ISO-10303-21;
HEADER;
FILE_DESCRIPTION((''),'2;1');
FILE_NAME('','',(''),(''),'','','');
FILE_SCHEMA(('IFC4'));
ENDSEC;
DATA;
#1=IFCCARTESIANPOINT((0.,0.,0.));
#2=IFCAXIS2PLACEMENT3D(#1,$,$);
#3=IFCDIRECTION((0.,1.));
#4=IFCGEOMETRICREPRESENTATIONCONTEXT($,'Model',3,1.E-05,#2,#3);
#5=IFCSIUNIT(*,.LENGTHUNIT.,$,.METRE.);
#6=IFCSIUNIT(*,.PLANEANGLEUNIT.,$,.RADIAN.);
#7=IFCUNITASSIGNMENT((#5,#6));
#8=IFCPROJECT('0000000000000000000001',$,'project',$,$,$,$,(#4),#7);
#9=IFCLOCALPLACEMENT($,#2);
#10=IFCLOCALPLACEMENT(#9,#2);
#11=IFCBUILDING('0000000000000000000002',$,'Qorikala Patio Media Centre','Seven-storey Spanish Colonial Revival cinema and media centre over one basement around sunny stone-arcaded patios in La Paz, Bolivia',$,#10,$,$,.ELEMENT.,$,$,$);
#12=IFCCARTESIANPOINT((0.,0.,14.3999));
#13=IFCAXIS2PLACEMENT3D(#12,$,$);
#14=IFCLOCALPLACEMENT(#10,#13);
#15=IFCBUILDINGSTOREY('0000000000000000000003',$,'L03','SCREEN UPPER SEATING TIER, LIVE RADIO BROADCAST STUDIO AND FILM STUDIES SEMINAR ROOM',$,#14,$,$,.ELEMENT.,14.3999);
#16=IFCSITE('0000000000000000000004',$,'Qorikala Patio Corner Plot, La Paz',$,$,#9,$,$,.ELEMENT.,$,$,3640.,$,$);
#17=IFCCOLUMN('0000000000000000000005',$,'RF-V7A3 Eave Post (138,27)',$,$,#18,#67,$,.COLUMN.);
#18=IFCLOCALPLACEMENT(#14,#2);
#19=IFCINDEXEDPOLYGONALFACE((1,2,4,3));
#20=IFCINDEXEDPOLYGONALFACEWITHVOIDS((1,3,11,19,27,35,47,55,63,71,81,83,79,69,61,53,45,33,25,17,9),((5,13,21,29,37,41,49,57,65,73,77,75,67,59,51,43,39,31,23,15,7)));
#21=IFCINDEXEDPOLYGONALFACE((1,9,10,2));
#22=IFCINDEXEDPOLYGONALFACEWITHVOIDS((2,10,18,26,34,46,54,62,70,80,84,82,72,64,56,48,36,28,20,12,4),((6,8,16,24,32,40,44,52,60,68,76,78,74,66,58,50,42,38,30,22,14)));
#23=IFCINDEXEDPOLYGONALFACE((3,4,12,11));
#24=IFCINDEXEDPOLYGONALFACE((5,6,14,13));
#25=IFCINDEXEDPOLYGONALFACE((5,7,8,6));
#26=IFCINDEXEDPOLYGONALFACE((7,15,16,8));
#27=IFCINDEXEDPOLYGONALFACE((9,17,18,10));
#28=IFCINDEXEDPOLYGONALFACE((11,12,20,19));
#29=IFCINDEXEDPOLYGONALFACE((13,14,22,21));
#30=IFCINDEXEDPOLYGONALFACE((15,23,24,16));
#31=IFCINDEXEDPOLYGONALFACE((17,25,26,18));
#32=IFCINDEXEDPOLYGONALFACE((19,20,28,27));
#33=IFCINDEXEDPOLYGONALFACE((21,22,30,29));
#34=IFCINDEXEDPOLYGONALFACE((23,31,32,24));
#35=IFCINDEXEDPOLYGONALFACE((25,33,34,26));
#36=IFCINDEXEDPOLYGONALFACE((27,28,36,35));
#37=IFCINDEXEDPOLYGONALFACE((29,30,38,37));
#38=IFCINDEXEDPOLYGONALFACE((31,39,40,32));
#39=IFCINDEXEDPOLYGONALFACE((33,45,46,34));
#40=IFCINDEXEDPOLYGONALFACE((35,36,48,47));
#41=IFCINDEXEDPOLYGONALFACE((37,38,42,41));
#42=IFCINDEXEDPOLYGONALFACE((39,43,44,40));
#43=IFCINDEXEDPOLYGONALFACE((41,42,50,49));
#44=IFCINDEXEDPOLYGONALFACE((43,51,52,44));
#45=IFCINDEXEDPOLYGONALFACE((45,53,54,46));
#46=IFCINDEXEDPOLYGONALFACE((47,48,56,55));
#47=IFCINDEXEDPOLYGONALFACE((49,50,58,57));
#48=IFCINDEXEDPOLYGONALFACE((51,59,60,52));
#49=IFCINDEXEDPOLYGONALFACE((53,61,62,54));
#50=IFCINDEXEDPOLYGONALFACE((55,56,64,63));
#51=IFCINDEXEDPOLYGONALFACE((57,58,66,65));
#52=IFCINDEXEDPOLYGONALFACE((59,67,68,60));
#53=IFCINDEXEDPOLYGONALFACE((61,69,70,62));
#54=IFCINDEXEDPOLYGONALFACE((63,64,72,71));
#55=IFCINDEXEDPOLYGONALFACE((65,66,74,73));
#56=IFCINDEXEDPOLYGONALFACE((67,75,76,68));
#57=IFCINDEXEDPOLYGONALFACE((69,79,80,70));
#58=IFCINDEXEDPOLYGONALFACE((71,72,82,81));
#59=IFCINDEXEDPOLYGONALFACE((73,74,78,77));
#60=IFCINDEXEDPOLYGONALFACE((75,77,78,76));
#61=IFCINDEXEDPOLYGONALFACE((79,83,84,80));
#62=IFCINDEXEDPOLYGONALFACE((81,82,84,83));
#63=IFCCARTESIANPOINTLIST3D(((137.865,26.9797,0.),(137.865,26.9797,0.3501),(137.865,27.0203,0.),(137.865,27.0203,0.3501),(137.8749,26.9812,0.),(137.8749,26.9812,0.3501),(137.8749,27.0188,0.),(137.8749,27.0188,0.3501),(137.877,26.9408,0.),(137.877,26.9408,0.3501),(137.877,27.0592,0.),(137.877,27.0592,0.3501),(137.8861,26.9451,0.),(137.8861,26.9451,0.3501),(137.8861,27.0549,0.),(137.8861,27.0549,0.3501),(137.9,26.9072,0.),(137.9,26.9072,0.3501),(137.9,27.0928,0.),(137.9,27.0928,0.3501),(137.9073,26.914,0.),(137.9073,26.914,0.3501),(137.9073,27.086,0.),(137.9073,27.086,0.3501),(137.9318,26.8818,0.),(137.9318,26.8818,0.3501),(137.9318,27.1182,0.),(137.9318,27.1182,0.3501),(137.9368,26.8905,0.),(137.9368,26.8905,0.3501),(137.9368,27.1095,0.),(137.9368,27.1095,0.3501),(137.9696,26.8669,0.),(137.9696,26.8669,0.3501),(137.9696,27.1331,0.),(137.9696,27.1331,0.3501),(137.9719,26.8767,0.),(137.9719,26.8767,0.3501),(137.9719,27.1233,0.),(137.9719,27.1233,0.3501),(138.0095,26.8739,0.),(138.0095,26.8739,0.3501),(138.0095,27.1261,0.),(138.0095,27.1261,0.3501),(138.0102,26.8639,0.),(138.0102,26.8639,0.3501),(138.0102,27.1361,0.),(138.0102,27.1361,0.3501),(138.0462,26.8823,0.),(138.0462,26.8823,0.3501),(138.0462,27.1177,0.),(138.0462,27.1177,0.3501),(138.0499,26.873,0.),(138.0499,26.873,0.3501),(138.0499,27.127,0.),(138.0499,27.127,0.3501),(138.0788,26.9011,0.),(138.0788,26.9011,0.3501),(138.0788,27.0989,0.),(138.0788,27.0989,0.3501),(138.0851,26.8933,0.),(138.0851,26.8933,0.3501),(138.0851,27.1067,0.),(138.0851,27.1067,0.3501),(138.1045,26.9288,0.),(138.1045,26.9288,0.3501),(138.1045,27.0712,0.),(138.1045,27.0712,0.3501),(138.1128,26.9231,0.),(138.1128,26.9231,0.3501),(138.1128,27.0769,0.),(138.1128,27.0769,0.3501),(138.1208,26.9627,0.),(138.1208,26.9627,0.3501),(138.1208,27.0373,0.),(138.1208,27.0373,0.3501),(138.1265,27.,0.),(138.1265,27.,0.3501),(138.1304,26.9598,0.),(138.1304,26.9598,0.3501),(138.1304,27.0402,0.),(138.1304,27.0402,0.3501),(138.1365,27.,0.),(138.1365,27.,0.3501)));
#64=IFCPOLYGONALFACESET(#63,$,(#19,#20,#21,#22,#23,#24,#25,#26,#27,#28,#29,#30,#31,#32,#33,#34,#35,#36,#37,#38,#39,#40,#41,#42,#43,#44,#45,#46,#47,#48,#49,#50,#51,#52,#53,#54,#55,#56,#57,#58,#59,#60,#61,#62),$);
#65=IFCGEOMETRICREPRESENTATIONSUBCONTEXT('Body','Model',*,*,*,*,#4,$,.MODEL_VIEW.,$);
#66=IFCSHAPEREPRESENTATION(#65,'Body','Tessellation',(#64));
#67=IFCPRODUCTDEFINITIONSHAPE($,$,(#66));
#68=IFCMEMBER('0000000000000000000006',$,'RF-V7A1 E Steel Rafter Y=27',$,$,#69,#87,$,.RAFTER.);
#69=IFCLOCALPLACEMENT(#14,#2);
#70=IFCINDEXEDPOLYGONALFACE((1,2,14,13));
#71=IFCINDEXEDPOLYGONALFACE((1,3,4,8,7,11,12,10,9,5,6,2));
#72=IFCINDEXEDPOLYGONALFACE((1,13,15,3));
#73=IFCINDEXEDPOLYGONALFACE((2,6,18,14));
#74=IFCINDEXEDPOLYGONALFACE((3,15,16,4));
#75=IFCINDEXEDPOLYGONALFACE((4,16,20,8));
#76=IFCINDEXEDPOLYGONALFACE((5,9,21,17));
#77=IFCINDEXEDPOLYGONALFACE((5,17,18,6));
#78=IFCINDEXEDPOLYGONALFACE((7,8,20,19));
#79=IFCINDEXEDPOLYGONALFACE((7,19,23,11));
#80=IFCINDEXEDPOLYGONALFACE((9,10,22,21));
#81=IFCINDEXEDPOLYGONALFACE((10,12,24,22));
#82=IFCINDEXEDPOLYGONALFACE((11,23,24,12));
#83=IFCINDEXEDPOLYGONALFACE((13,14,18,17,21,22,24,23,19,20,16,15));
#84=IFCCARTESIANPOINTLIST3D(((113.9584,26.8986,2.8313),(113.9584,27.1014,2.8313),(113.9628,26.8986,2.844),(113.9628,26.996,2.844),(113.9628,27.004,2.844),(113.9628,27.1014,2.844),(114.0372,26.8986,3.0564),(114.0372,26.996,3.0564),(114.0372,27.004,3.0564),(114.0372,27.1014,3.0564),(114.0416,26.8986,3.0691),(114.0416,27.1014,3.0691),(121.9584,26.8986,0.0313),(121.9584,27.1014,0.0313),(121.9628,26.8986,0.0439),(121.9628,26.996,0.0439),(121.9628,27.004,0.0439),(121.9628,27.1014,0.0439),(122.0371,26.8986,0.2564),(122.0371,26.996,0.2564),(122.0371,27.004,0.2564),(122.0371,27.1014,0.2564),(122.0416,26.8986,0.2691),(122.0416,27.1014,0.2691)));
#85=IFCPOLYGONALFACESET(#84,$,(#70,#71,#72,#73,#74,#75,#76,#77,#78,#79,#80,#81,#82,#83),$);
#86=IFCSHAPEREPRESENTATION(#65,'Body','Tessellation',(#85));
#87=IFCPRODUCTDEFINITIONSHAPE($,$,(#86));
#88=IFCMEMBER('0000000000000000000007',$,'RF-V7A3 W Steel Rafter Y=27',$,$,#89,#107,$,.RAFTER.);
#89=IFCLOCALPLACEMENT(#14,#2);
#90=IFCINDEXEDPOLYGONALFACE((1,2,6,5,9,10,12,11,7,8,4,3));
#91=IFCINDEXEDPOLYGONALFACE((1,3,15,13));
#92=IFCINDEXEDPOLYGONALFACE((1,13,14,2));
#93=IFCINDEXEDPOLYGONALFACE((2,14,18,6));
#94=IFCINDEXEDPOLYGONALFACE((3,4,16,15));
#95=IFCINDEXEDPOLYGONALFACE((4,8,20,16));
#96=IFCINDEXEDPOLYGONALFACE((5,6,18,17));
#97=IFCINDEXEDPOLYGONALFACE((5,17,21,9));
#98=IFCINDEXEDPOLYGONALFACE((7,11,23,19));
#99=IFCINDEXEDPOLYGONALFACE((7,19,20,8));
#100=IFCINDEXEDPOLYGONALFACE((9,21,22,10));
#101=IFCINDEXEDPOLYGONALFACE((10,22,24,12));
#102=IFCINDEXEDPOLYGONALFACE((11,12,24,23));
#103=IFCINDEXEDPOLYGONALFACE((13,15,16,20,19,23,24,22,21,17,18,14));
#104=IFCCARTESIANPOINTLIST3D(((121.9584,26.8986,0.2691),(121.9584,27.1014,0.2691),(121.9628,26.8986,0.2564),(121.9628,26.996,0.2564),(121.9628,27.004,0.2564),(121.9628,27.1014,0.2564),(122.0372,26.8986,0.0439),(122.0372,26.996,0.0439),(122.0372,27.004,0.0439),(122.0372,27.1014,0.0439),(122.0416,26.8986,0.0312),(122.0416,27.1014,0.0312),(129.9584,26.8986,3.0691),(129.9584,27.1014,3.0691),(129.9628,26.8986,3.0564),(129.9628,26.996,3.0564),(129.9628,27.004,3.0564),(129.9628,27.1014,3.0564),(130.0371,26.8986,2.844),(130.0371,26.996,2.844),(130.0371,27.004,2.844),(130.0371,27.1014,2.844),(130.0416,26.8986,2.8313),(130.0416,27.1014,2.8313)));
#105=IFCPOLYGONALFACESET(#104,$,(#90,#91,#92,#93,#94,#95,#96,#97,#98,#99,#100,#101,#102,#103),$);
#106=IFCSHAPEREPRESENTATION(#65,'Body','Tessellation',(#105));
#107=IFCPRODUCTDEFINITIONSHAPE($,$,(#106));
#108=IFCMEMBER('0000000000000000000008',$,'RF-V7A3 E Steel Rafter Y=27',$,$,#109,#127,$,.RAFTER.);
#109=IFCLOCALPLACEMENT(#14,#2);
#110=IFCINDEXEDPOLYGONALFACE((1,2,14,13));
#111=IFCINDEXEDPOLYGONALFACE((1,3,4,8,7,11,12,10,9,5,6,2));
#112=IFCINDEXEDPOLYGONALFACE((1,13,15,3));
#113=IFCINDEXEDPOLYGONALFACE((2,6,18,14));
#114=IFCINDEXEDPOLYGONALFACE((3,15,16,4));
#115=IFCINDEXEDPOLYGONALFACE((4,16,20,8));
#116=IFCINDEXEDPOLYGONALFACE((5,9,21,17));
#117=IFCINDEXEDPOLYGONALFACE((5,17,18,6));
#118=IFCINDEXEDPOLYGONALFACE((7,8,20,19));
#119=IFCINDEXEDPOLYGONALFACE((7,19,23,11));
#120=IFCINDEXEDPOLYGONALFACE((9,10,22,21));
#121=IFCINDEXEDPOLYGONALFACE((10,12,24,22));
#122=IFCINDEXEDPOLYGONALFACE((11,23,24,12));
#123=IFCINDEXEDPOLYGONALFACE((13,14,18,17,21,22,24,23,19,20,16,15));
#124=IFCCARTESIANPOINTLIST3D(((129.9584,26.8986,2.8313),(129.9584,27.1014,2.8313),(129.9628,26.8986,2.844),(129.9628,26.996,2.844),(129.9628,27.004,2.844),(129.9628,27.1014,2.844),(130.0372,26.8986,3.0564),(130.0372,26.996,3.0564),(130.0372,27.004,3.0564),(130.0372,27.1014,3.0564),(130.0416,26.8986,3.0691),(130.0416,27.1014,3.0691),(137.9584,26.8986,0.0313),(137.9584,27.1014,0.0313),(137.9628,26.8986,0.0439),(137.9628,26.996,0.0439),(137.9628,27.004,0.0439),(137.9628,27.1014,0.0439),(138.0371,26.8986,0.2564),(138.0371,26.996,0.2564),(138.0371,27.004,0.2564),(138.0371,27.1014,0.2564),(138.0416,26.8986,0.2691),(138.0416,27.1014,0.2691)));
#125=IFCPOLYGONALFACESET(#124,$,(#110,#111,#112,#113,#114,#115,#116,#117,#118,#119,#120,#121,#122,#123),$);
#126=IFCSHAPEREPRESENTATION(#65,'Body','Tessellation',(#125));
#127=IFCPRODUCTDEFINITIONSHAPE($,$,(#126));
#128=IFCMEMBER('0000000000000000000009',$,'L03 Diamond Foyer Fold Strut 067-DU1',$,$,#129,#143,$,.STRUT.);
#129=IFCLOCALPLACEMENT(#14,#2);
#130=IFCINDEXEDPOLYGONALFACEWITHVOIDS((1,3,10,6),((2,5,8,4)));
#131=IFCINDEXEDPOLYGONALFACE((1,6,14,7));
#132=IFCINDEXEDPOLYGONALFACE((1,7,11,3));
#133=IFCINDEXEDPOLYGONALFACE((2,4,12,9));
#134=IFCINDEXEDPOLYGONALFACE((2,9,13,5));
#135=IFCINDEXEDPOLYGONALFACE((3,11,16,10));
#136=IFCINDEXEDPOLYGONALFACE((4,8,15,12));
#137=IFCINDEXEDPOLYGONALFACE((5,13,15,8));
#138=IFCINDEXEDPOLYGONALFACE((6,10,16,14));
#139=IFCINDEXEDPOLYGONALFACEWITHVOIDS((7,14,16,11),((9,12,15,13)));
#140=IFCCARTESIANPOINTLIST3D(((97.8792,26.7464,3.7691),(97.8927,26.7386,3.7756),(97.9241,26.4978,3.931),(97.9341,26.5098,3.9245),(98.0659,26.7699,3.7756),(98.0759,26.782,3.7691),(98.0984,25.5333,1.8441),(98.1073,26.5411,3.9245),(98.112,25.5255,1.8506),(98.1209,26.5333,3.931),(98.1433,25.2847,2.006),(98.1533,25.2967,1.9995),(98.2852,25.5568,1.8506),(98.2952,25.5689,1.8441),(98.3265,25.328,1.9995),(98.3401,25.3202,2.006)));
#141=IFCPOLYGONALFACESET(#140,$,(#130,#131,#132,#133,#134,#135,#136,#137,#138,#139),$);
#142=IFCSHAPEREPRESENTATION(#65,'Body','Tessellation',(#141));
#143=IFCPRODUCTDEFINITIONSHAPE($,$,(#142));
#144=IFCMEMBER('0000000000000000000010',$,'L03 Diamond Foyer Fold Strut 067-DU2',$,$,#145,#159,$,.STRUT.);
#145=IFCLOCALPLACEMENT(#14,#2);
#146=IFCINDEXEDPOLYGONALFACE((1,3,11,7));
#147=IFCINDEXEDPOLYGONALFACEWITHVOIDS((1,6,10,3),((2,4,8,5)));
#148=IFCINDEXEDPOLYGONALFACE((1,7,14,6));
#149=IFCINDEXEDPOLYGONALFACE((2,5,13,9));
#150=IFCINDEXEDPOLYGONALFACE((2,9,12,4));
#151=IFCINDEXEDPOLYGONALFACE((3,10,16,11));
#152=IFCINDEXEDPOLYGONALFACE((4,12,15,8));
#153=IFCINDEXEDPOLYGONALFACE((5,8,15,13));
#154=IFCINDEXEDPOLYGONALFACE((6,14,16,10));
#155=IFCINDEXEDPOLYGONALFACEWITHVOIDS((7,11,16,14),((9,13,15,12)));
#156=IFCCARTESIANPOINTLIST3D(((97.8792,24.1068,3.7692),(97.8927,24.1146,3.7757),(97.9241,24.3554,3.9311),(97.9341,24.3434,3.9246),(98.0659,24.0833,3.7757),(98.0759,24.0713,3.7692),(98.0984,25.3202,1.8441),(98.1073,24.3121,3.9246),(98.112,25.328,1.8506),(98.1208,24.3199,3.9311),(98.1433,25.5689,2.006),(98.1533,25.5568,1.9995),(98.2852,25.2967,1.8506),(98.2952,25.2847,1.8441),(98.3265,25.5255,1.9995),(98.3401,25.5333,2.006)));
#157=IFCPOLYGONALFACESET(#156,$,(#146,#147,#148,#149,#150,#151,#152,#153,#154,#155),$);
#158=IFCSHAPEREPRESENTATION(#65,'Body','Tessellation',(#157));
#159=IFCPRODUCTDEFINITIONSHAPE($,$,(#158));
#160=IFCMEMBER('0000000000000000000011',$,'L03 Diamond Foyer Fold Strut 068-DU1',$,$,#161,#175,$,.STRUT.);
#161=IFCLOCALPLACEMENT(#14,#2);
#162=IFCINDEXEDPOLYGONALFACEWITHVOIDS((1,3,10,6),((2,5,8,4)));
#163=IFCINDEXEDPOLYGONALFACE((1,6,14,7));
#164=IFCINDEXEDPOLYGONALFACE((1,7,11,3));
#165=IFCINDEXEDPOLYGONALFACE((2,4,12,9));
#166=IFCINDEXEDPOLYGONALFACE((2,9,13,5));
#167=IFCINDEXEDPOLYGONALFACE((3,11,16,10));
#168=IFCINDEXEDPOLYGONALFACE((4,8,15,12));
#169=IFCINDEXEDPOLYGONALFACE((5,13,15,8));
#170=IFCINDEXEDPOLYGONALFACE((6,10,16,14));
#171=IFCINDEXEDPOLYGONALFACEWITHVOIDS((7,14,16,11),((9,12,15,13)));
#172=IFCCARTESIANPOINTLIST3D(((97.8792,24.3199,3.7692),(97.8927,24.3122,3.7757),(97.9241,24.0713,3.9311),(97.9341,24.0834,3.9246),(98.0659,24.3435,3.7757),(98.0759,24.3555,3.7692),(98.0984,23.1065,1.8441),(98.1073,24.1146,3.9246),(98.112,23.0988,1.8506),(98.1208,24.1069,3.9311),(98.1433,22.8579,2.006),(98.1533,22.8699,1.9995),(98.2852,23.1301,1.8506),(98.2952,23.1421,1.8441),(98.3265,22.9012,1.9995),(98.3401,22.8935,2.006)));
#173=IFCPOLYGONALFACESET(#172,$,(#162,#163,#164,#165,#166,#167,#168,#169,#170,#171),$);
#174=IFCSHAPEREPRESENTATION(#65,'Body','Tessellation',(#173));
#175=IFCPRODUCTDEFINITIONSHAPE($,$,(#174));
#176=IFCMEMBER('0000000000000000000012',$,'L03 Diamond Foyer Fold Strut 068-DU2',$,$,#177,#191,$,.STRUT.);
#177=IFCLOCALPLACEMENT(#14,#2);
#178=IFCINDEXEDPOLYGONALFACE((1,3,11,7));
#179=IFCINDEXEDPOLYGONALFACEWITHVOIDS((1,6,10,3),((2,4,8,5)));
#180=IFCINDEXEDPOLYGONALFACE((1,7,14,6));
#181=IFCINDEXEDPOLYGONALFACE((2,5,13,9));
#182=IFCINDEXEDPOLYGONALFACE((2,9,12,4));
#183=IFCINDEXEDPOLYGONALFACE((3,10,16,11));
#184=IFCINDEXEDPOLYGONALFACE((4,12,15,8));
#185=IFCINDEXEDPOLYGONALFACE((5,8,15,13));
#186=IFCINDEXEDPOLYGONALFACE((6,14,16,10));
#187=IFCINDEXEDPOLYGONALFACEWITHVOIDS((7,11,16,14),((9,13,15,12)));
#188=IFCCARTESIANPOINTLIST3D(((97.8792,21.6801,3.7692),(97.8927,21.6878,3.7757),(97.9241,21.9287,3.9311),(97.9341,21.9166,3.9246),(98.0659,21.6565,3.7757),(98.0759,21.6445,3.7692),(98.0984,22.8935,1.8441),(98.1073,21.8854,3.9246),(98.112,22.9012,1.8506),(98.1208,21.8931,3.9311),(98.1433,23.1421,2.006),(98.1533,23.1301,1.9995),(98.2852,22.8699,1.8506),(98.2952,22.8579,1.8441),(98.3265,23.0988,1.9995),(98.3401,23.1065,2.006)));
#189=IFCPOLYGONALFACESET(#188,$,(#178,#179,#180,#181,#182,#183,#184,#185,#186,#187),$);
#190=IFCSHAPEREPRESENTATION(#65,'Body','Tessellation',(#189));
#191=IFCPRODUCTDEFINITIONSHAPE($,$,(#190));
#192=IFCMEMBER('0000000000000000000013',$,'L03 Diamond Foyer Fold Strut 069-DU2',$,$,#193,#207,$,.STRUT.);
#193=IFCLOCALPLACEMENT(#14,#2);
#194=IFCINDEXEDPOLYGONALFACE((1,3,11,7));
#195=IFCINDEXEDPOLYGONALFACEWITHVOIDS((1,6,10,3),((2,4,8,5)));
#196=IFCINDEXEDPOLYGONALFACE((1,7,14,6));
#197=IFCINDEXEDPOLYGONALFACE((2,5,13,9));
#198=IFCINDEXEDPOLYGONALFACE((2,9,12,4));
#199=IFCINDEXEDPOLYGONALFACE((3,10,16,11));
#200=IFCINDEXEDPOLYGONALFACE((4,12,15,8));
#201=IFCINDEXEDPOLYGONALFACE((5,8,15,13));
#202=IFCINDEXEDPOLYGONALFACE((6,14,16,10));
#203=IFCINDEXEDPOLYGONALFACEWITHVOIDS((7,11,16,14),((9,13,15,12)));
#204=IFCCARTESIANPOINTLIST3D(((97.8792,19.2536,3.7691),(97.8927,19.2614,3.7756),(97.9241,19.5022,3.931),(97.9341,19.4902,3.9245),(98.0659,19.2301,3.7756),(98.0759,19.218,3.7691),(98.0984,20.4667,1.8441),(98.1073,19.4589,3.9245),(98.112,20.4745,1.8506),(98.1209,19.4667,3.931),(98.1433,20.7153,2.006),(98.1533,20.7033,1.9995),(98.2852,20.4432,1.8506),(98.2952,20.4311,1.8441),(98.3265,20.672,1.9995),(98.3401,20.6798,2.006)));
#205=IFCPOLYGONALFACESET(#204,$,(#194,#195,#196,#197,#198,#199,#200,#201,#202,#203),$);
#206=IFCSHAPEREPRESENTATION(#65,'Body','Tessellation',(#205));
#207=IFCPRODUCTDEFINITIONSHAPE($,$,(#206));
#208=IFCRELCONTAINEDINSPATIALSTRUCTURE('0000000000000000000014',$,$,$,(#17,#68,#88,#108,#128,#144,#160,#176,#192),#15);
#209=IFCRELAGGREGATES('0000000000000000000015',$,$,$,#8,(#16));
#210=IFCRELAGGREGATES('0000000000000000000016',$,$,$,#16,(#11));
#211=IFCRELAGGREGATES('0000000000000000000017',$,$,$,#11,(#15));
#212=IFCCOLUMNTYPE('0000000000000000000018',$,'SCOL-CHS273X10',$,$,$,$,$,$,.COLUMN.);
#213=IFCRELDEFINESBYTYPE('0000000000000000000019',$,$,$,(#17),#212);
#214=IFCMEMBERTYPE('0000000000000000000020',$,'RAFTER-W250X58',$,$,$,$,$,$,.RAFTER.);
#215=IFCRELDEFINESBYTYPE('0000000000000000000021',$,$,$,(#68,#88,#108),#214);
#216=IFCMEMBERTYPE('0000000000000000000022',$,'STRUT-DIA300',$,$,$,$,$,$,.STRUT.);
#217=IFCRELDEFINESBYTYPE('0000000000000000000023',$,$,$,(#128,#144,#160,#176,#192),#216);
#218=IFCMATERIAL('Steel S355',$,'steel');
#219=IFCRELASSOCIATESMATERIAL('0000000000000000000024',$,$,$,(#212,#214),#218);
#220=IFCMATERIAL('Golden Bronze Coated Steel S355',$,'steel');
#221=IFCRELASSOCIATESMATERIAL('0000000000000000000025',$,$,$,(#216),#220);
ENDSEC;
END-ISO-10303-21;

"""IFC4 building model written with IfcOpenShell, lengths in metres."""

from ifc_helpers import new_model, si_unit, direction, frame, origin, origin_2d, place, context, subcontext, project, spatial, hollow_rectangle, hollow_circle, i_section, extrude, material, material_profile, profile_set, type_object, element, save


model = new_model("IFC4")

# Units and contexts
model_context = context("Model", 3, precision=1e-05, world=origin(), true_north=direction((0.0, 1.0)))
body_context = subcontext(model_context, "Body", "Model", "MODEL_VIEW")
ifc_project = project(units=[si_unit("LENGTHUNIT", "METRE"), si_unit("PLANEANGLEUNIT", "RADIAN")], contexts=[model_context])

# Site, building, storey
site_placement = place(None, origin())
site = spatial("IfcSite", under=ifc_project, at=site_placement, Name="Qorikala Patio Corner Plot, La Paz", CompositionType="ELEMENT", RefElevation=3640.0)
building_placement = place(site_placement, origin())
building = spatial("IfcBuilding", under=site, at=building_placement, Name="Qorikala Patio Media Centre", Description="Seven-storey Spanish Colonial Revival cinema and media centre over one basement around sunny stone-arcaded patios in La Paz, Bolivia", CompositionType="ELEMENT")
storey_placement = place(building_placement, frame((0.0, 0.0, 14.3999)))
storey = spatial("IfcBuildingStorey", under=building, at=storey_placement, Name="L03", Description="SCREEN UPPER SEATING TIER, LIVE RADIO BROADCAST STUDIO AND FILM STUDIES SEMINAR ROOM", CompositionType="ELEMENT", Elevation=14.3999)

# Column
ifc_material_1 = material(Name="Steel S355", Category="steel")
ifc_material_profile_1 = material_profile(ifc_material_1, hollow_circle(Radius=0.1365, WallThickness=0.01, at=origin_2d()), Name="CHS273X10")
ifc_profile_set_1 = profile_set([ifc_material_profile_1], Name="Steel S355")
column_type = type_object("IfcColumnType", Name="SCOL-CHS273X10", PredefinedType="COLUMN", material=ifc_profile_set_1)
column_1_placement = place(storey_placement, frame((138.0, 27.0, 0.0), z_axis=(0.0, 0.0, 1.0), x_axis=(1.0, 0.0, 0.0)))
element("IfcColumn", 1, at=column_1_placement, inside=storey, type_object=column_type, Name="RF-V7A3 Eave Post (138,27)", PredefinedType="COLUMN", context=body_context, shape_type="SweptSolid", body=[
    extrude(hollow_circle(Radius=0.1365, WallThickness=0.01, at=origin_2d()), origin(), (0.0, 0.0, 1.0), 0.3501),
])

# Members
ifc_material_profile_2 = material_profile(ifc_material_1, i_section(OverallWidth=0.2029, OverallDepth=0.252, WebThickness=0.0081, FlangeThickness=0.0134, at=origin_2d()), Name="W250X58")
ifc_profile_set_2 = profile_set([ifc_material_profile_2], Name="Steel S355")
member_type_1 = type_object("IfcMemberType", Name="RAFTER-W250X58", PredefinedType="RAFTER", material=ifc_profile_set_2)
for number, where, z_axis, x_axis, name in (
    (2, (114.0, 27.0, 2.9502), (0.943857, 0.0, -0.330356), (0.0, 1.0, 0.0), "RF-V7A1 E Steel Rafter Y=27"),
    (3, (122.0, 27.0, 0.1501), (0.943857, 0.0, 0.330356), (0.0, 1.0, 0.0), "RF-V7A3 W Steel Rafter Y=27"),
    (4, (130.0, 27.0, 2.9502), (0.943857, 0.0, -0.330356), (0.0, 1.0, 0.0), "RF-V7A3 E Steel Rafter Y=27"),
):
    element("IfcMember", number, at=place(storey_placement, frame(where, z_axis=z_axis, x_axis=x_axis)), inside=storey, type_object=member_type_1, Name=name, PredefinedType="RAFTER", context=body_context, shape_type="SweptSolid", body=[
        extrude(i_section(OverallWidth=0.2029, OverallDepth=0.252, WebThickness=0.0081, FlangeThickness=0.0134, at=origin_2d()), origin(), (0.0, 0.0, 1.0), 8.4758),
    ])
ifc_material_2 = material(Name="Golden Bronze Coated Steel S355", Category="steel")
ifc_material_profile_3 = material_profile(ifc_material_2, hollow_rectangle(XDim=0.2, YDim=0.3, WallThickness=0.012, at=origin_2d()), Name="HSS300X200X12")
ifc_profile_set_3 = profile_set([ifc_material_profile_3], Name="Golden Bronze Coated Steel S355")
member_type_2 = type_object("IfcMemberType", Name="STRUT-DIA300", PredefinedType="STRUT", material=ifc_profile_set_3)
member_1_placement = place(storey_placement, frame((98.2192, 25.4268, 1.925), z_axis=(-0.095907, 0.530691, 0.842121), x_axis=(-0.984059, -0.17784, 0.0)))
element("IfcMember", 5, at=member_1_placement, inside=storey, type_object=member_type_2, Name="L03 Diamond Foyer Fold Strut 067-DU1", PredefinedType="STRUT", context=body_context, shape_type="SweptSolid", body=[
    extrude(hollow_rectangle(XDim=0.2, YDim=0.3, WallThickness=0.012, at=origin_2d()), origin(), (0.0, 0.0, 1.0), 2.2859),
])
for number, where, z_axis, x_axis, name in (
    (6, (98.2192, 25.4268, 1.925), (-0.095901, -0.530768, 0.842074), (0.984066, -0.177805, 0.0), "L03 Diamond Foyer Fold Strut 067-DU2"),
    (7, (98.2192, 23.0, 1.925), (-0.095901, 0.530768, 0.842074), (-0.984066, -0.177805, 0.0), "L03 Diamond Foyer Fold Strut 068-DU1"),
    (8, (98.2192, 23.0, 1.925), (-0.095901, -0.530768, 0.842074), (0.984066, -0.177805, 0.0), "L03 Diamond Foyer Fold Strut 068-DU2"),
):
    element("IfcMember", number, at=place(storey_placement, frame(where, z_axis=z_axis, x_axis=x_axis)), inside=storey, type_object=member_type_2, Name=name, PredefinedType="STRUT", context=body_context, shape_type="SweptSolid", body=[
        extrude(hollow_rectangle(XDim=0.2, YDim=0.3, WallThickness=0.012, at=origin_2d()), origin(), (0.0, 0.0, 1.0), 2.2861),
    ])
member_2_placement = place(storey_placement, frame((98.2192, 20.5732, 1.925), z_axis=(-0.095907, -0.530691, 0.842121), x_axis=(0.984059, -0.17784, 0.0)))
element("IfcMember", 9, at=member_2_placement, inside=storey, type_object=member_type_2, Name="L03 Diamond Foyer Fold Strut 069-DU2", PredefinedType="STRUT", context=body_context, shape_type="SweptSolid", body=[
    extrude(hollow_rectangle(XDim=0.2, YDim=0.3, WallThickness=0.012, at=origin_2d()), origin(), (0.0, 0.0, 1.0), 2.2859),
])

save(model, "model.ifc")
